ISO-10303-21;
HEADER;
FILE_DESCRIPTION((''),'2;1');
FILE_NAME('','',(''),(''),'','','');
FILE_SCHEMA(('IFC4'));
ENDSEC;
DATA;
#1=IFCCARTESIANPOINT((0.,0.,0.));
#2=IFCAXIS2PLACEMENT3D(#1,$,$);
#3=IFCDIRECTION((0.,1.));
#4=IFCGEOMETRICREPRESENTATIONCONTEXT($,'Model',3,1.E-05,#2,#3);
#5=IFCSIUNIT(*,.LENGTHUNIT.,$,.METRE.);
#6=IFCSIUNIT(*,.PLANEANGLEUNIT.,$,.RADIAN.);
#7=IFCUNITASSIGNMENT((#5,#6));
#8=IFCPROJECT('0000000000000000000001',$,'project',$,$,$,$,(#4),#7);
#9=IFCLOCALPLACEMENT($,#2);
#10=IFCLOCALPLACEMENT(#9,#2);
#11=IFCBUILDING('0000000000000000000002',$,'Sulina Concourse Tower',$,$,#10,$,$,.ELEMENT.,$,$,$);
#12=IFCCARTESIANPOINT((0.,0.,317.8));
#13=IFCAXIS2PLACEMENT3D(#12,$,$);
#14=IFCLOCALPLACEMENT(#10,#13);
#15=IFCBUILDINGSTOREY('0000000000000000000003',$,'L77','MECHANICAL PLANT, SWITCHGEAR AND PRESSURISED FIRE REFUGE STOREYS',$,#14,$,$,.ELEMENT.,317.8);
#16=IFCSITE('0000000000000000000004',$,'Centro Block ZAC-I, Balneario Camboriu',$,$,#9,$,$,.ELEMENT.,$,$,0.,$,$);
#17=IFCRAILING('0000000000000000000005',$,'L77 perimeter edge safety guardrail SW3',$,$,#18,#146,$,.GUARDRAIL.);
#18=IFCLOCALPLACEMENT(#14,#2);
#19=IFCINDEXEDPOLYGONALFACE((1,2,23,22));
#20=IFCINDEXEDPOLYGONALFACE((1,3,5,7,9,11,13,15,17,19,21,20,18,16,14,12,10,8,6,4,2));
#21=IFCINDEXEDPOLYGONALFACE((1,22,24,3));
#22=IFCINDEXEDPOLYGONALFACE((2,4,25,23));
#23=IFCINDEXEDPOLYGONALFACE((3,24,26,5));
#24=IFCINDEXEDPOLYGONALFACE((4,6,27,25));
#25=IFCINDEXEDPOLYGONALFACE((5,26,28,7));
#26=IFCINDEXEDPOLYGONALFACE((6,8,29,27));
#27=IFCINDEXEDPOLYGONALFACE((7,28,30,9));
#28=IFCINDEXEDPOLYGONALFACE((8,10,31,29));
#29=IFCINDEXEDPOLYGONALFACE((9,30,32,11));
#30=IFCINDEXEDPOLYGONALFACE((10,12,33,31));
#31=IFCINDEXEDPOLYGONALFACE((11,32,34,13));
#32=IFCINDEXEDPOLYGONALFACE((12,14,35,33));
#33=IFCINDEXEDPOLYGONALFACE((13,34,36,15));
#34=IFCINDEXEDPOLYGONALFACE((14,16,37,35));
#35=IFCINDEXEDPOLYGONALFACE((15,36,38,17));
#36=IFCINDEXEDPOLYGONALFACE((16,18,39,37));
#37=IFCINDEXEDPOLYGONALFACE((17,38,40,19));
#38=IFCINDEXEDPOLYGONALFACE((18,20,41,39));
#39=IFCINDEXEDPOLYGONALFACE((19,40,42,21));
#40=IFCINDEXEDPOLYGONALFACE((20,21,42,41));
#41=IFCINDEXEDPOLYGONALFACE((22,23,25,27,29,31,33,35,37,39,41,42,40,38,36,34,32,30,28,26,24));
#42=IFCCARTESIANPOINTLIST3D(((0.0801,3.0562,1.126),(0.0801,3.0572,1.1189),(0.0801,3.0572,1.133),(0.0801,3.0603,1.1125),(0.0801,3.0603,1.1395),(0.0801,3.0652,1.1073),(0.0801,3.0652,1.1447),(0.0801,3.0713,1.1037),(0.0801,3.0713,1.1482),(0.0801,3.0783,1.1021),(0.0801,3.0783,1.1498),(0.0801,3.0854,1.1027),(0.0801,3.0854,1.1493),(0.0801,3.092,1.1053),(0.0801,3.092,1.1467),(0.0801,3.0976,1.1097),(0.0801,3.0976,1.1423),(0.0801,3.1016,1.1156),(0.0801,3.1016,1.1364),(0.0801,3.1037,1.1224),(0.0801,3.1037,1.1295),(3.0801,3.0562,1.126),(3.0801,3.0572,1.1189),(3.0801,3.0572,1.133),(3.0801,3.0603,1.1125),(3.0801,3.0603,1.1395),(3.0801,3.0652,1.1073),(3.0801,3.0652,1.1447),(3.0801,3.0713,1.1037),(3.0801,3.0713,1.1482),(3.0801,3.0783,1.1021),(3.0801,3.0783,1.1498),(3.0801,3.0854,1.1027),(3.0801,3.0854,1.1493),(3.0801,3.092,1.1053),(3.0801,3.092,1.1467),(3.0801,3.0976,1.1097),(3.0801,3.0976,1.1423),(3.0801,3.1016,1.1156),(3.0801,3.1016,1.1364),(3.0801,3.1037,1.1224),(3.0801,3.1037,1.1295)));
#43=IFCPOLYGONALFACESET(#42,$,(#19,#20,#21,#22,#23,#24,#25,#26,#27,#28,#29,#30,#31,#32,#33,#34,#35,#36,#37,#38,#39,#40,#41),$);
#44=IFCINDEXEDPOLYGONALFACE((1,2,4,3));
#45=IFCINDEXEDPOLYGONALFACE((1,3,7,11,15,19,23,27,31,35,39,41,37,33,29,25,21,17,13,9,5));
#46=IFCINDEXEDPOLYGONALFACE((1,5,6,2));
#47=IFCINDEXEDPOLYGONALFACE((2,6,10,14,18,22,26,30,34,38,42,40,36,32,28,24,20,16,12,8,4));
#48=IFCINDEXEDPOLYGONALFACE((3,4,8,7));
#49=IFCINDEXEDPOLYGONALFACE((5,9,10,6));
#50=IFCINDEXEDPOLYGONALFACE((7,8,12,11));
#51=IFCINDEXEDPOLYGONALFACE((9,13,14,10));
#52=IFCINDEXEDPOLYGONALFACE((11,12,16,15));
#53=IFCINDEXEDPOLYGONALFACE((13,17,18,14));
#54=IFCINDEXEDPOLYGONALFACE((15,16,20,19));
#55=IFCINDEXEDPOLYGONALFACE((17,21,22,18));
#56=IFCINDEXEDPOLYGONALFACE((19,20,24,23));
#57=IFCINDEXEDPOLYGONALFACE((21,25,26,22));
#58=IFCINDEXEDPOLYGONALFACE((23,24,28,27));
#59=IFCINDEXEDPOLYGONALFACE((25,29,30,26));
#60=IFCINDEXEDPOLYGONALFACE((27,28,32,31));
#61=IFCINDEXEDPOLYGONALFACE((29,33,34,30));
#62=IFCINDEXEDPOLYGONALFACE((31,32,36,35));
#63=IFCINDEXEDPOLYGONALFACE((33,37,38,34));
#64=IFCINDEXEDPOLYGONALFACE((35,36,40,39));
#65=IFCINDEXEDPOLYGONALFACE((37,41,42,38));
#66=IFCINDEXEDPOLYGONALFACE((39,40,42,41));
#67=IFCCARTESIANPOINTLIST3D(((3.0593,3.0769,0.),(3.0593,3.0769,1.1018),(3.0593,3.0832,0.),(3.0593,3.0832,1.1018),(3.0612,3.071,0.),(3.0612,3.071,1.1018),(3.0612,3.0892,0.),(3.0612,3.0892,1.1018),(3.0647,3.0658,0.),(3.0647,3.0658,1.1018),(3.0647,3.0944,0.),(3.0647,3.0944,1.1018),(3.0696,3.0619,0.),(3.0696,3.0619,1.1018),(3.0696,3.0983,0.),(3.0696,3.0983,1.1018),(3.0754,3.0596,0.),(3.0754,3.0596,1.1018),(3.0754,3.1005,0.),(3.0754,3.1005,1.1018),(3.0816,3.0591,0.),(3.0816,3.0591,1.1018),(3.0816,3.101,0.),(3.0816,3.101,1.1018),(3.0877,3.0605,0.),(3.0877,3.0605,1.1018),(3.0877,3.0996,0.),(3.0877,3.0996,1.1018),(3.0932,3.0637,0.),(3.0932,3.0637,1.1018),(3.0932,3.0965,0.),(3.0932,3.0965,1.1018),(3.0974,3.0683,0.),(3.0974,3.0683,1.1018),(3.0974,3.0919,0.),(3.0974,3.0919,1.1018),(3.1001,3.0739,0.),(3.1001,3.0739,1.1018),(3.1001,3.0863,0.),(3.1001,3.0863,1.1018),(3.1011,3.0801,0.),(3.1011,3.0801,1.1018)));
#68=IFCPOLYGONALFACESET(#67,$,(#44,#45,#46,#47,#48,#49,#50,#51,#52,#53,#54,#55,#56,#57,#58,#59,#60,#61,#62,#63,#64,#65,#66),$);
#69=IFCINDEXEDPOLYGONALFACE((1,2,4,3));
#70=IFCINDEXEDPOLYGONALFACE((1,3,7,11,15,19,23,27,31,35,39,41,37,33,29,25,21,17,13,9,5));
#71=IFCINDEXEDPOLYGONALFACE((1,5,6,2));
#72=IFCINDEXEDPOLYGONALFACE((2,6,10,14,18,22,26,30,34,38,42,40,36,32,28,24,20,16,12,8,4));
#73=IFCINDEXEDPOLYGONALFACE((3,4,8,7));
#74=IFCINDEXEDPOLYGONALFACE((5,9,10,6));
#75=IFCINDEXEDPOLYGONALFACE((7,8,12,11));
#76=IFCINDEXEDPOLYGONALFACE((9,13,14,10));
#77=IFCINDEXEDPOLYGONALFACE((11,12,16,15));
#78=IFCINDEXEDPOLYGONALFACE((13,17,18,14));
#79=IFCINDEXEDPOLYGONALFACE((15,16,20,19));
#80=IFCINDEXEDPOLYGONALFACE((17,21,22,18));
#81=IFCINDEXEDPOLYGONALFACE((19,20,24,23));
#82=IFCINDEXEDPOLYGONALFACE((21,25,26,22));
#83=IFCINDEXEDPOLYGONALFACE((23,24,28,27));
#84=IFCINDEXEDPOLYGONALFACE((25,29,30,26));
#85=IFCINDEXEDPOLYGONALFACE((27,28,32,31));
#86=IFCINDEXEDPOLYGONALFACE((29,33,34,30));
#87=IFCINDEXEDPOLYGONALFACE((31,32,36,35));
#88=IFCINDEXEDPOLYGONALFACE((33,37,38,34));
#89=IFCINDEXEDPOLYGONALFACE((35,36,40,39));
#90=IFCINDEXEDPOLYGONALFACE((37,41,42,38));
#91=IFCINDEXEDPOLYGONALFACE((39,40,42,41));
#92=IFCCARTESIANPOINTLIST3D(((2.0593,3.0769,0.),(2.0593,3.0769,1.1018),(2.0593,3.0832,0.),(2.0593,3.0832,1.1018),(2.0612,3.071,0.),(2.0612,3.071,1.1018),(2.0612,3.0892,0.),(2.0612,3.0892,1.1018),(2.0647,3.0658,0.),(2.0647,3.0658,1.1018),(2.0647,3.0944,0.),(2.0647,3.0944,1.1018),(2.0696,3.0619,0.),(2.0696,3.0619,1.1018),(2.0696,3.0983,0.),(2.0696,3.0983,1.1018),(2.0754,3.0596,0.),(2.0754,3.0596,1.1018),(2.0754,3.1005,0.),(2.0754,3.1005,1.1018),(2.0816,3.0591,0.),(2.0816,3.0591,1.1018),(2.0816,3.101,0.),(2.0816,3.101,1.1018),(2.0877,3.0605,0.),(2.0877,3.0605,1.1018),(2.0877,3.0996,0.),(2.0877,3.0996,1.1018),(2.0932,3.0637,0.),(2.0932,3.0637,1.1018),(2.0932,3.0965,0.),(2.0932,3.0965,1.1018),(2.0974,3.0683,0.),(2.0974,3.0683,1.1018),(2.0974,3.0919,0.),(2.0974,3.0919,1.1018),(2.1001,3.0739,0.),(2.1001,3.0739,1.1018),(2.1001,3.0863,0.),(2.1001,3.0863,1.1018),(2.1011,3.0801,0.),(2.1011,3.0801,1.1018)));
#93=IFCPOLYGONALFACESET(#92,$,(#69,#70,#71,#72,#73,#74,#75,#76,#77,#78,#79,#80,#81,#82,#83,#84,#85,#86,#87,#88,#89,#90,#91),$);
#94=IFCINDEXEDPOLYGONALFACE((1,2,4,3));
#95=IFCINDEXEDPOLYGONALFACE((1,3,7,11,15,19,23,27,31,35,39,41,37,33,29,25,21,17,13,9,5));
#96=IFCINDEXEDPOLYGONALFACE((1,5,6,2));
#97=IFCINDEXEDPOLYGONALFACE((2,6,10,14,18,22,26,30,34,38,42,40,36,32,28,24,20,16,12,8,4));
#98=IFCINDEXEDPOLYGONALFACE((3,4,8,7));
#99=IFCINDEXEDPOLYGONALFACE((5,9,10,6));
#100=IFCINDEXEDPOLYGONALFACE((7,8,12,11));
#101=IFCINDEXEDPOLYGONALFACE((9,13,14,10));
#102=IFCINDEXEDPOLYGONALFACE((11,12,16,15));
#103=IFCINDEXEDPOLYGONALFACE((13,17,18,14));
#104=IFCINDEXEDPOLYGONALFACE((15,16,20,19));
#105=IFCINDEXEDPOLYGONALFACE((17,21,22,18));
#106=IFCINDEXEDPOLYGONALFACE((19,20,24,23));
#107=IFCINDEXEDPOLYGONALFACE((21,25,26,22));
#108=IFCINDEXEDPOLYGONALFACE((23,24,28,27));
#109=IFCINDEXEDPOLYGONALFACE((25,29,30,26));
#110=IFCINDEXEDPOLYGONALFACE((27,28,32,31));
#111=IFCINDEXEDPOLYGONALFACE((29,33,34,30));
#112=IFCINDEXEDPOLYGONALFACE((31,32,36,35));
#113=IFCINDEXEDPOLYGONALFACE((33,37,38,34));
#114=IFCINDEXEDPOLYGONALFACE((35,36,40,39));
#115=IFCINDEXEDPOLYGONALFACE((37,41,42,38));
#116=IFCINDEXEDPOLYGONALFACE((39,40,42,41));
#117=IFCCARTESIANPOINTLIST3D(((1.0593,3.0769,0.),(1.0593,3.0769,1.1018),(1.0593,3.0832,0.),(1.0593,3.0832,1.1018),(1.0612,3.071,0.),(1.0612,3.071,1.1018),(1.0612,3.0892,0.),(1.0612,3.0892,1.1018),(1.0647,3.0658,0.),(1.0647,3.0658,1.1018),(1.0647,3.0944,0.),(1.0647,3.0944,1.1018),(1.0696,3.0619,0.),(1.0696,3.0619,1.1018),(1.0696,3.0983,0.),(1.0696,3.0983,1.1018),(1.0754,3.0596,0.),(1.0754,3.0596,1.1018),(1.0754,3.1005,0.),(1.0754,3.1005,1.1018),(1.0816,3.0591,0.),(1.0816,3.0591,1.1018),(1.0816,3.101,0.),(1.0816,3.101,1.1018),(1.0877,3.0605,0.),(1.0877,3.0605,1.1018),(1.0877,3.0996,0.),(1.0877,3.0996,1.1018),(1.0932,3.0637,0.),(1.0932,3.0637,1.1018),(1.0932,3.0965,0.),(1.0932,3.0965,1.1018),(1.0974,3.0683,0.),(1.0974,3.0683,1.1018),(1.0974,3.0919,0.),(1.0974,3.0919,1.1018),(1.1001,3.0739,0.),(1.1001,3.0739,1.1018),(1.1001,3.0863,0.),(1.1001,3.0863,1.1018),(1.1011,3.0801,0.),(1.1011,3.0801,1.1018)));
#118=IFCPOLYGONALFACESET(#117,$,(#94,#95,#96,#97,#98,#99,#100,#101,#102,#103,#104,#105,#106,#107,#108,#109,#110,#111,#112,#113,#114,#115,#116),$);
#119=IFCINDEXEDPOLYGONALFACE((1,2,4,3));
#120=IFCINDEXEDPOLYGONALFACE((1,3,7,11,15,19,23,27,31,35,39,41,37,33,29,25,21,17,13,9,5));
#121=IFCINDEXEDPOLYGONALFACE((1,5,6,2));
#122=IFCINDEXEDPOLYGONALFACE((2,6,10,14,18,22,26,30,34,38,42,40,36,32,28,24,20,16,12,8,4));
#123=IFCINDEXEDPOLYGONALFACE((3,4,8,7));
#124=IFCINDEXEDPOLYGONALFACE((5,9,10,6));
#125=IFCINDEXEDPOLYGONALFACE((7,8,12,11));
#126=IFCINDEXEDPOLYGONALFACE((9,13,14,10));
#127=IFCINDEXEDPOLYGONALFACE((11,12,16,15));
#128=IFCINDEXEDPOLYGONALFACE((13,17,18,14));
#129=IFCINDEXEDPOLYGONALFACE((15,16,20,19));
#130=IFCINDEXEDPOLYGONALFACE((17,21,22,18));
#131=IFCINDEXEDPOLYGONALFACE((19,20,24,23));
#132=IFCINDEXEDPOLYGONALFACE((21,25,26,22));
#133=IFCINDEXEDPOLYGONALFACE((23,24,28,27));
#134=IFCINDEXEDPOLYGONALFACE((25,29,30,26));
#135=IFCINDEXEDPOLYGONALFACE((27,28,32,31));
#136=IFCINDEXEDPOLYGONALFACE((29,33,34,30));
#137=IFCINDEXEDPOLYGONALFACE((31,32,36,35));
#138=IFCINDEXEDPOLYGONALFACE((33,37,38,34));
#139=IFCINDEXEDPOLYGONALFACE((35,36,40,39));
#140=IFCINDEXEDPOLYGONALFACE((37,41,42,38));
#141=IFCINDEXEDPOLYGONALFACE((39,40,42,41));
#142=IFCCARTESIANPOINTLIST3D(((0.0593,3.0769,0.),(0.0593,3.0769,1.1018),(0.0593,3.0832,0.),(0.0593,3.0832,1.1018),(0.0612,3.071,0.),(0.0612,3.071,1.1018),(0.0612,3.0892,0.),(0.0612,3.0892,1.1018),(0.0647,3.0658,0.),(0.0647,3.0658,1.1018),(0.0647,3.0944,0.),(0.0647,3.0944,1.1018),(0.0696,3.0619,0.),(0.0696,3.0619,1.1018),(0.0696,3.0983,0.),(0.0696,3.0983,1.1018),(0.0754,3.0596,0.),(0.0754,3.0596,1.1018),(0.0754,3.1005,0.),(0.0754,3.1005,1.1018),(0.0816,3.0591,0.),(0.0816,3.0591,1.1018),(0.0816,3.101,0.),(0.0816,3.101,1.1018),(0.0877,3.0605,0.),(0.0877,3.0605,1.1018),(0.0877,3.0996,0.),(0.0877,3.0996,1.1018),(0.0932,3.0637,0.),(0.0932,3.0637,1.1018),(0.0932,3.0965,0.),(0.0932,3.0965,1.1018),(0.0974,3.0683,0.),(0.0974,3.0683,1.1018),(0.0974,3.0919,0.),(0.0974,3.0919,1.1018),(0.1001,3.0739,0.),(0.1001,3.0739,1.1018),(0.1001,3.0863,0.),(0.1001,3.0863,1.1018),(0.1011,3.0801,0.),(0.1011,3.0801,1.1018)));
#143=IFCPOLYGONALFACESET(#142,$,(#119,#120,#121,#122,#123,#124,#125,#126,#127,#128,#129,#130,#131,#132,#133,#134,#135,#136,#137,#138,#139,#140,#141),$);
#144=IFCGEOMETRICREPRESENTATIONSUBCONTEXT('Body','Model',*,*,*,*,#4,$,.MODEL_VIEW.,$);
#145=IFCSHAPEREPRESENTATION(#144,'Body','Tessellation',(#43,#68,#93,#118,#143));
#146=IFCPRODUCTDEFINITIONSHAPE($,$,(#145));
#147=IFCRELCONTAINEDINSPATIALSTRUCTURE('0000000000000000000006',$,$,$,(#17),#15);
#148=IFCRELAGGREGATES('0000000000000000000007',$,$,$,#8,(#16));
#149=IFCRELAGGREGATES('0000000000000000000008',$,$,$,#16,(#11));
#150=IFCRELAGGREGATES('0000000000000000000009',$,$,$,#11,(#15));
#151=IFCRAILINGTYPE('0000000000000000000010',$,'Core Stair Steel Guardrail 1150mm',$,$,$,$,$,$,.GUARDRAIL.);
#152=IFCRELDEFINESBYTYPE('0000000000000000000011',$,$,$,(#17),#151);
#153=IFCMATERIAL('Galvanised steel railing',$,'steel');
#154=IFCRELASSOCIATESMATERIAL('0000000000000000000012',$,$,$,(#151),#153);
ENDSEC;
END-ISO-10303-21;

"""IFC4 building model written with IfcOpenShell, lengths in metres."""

from ifc_helpers import new_model, si_unit, direction, frame, origin, origin_2d, place, context, subcontext, project, spatial, circle, extrude, material, type_object, element, save


model = new_model("IFC4")

# Units and contexts
model_context = context("Model", 3, precision=1e-05, world=origin(), true_north=direction((0.0, 1.0)))
body_context = subcontext(model_context, "Body", "Model", "MODEL_VIEW")
ifc_project = project(units=[si_unit("LENGTHUNIT", "METRE"), si_unit("PLANEANGLEUNIT", "RADIAN")], contexts=[model_context])

# Site, building, storey
site_placement = place(None, origin())
site = spatial("IfcSite", under=ifc_project, at=site_placement, Name="Centro Block ZAC-I, Balneario Camboriu", CompositionType="ELEMENT", RefElevation=0.0)
building_placement = place(site_placement, origin())
building = spatial("IfcBuilding", under=site, at=building_placement, Name="Sulina Concourse Tower", CompositionType="ELEMENT")
storey_placement = place(building_placement, frame((0.0, 0.0, 317.8)))
storey = spatial("IfcBuildingStorey", under=building, at=storey_placement, Name="L77", Description="MECHANICAL PLANT, SWITCHGEAR AND PRESSURISED FIRE REFUGE STOREYS", CompositionType="ELEMENT", Elevation=317.8)

# Railing
ifc_material_1 = material(Name="Galvanised steel railing", Category="steel")
railing_type = type_object("IfcRailingType", Name="Core Stair Steel Guardrail 1150mm", PredefinedType="GUARDRAIL", material=ifc_material_1)
railing_1_placement = place(storey_placement, frame((3.0801, 3.0801, 0.0)))
element("IfcRailing", 1, at=railing_1_placement, inside=storey, type_object=railing_type, Name="L77 perimeter edge safety guardrail SW3", PredefinedType="GUARDRAIL", context=body_context, shape_type="SweptSolid", body=[
    extrude(circle(Radius=0.0239, at=origin_2d()), frame((0.0, 0.0, 1.126), z_axis=(-1.0, 0.0, 0.0), x_axis=(0.0, -1.0, 0.0)), (0.0, 0.0, 1.0), 3.0),
    extrude(circle(Radius=0.021, at=origin_2d()), origin(), (0.0, 0.0, 1.0), 1.1018),
    extrude(circle(Radius=0.021, at=origin_2d()), frame((-1.0, 0.0, 0.0)), (0.0, 0.0, 1.0), 1.1018),
    extrude(circle(Radius=0.021, at=origin_2d()), frame((-2.0, 0.0, 0.0)), (0.0, 0.0, 1.0), 1.1018),
    extrude(circle(Radius=0.021, at=origin_2d()), frame((-3.0, 0.0, 0.0)), (0.0, 0.0, 1.0), 1.1018),
])

save(model, "model.ifc")
